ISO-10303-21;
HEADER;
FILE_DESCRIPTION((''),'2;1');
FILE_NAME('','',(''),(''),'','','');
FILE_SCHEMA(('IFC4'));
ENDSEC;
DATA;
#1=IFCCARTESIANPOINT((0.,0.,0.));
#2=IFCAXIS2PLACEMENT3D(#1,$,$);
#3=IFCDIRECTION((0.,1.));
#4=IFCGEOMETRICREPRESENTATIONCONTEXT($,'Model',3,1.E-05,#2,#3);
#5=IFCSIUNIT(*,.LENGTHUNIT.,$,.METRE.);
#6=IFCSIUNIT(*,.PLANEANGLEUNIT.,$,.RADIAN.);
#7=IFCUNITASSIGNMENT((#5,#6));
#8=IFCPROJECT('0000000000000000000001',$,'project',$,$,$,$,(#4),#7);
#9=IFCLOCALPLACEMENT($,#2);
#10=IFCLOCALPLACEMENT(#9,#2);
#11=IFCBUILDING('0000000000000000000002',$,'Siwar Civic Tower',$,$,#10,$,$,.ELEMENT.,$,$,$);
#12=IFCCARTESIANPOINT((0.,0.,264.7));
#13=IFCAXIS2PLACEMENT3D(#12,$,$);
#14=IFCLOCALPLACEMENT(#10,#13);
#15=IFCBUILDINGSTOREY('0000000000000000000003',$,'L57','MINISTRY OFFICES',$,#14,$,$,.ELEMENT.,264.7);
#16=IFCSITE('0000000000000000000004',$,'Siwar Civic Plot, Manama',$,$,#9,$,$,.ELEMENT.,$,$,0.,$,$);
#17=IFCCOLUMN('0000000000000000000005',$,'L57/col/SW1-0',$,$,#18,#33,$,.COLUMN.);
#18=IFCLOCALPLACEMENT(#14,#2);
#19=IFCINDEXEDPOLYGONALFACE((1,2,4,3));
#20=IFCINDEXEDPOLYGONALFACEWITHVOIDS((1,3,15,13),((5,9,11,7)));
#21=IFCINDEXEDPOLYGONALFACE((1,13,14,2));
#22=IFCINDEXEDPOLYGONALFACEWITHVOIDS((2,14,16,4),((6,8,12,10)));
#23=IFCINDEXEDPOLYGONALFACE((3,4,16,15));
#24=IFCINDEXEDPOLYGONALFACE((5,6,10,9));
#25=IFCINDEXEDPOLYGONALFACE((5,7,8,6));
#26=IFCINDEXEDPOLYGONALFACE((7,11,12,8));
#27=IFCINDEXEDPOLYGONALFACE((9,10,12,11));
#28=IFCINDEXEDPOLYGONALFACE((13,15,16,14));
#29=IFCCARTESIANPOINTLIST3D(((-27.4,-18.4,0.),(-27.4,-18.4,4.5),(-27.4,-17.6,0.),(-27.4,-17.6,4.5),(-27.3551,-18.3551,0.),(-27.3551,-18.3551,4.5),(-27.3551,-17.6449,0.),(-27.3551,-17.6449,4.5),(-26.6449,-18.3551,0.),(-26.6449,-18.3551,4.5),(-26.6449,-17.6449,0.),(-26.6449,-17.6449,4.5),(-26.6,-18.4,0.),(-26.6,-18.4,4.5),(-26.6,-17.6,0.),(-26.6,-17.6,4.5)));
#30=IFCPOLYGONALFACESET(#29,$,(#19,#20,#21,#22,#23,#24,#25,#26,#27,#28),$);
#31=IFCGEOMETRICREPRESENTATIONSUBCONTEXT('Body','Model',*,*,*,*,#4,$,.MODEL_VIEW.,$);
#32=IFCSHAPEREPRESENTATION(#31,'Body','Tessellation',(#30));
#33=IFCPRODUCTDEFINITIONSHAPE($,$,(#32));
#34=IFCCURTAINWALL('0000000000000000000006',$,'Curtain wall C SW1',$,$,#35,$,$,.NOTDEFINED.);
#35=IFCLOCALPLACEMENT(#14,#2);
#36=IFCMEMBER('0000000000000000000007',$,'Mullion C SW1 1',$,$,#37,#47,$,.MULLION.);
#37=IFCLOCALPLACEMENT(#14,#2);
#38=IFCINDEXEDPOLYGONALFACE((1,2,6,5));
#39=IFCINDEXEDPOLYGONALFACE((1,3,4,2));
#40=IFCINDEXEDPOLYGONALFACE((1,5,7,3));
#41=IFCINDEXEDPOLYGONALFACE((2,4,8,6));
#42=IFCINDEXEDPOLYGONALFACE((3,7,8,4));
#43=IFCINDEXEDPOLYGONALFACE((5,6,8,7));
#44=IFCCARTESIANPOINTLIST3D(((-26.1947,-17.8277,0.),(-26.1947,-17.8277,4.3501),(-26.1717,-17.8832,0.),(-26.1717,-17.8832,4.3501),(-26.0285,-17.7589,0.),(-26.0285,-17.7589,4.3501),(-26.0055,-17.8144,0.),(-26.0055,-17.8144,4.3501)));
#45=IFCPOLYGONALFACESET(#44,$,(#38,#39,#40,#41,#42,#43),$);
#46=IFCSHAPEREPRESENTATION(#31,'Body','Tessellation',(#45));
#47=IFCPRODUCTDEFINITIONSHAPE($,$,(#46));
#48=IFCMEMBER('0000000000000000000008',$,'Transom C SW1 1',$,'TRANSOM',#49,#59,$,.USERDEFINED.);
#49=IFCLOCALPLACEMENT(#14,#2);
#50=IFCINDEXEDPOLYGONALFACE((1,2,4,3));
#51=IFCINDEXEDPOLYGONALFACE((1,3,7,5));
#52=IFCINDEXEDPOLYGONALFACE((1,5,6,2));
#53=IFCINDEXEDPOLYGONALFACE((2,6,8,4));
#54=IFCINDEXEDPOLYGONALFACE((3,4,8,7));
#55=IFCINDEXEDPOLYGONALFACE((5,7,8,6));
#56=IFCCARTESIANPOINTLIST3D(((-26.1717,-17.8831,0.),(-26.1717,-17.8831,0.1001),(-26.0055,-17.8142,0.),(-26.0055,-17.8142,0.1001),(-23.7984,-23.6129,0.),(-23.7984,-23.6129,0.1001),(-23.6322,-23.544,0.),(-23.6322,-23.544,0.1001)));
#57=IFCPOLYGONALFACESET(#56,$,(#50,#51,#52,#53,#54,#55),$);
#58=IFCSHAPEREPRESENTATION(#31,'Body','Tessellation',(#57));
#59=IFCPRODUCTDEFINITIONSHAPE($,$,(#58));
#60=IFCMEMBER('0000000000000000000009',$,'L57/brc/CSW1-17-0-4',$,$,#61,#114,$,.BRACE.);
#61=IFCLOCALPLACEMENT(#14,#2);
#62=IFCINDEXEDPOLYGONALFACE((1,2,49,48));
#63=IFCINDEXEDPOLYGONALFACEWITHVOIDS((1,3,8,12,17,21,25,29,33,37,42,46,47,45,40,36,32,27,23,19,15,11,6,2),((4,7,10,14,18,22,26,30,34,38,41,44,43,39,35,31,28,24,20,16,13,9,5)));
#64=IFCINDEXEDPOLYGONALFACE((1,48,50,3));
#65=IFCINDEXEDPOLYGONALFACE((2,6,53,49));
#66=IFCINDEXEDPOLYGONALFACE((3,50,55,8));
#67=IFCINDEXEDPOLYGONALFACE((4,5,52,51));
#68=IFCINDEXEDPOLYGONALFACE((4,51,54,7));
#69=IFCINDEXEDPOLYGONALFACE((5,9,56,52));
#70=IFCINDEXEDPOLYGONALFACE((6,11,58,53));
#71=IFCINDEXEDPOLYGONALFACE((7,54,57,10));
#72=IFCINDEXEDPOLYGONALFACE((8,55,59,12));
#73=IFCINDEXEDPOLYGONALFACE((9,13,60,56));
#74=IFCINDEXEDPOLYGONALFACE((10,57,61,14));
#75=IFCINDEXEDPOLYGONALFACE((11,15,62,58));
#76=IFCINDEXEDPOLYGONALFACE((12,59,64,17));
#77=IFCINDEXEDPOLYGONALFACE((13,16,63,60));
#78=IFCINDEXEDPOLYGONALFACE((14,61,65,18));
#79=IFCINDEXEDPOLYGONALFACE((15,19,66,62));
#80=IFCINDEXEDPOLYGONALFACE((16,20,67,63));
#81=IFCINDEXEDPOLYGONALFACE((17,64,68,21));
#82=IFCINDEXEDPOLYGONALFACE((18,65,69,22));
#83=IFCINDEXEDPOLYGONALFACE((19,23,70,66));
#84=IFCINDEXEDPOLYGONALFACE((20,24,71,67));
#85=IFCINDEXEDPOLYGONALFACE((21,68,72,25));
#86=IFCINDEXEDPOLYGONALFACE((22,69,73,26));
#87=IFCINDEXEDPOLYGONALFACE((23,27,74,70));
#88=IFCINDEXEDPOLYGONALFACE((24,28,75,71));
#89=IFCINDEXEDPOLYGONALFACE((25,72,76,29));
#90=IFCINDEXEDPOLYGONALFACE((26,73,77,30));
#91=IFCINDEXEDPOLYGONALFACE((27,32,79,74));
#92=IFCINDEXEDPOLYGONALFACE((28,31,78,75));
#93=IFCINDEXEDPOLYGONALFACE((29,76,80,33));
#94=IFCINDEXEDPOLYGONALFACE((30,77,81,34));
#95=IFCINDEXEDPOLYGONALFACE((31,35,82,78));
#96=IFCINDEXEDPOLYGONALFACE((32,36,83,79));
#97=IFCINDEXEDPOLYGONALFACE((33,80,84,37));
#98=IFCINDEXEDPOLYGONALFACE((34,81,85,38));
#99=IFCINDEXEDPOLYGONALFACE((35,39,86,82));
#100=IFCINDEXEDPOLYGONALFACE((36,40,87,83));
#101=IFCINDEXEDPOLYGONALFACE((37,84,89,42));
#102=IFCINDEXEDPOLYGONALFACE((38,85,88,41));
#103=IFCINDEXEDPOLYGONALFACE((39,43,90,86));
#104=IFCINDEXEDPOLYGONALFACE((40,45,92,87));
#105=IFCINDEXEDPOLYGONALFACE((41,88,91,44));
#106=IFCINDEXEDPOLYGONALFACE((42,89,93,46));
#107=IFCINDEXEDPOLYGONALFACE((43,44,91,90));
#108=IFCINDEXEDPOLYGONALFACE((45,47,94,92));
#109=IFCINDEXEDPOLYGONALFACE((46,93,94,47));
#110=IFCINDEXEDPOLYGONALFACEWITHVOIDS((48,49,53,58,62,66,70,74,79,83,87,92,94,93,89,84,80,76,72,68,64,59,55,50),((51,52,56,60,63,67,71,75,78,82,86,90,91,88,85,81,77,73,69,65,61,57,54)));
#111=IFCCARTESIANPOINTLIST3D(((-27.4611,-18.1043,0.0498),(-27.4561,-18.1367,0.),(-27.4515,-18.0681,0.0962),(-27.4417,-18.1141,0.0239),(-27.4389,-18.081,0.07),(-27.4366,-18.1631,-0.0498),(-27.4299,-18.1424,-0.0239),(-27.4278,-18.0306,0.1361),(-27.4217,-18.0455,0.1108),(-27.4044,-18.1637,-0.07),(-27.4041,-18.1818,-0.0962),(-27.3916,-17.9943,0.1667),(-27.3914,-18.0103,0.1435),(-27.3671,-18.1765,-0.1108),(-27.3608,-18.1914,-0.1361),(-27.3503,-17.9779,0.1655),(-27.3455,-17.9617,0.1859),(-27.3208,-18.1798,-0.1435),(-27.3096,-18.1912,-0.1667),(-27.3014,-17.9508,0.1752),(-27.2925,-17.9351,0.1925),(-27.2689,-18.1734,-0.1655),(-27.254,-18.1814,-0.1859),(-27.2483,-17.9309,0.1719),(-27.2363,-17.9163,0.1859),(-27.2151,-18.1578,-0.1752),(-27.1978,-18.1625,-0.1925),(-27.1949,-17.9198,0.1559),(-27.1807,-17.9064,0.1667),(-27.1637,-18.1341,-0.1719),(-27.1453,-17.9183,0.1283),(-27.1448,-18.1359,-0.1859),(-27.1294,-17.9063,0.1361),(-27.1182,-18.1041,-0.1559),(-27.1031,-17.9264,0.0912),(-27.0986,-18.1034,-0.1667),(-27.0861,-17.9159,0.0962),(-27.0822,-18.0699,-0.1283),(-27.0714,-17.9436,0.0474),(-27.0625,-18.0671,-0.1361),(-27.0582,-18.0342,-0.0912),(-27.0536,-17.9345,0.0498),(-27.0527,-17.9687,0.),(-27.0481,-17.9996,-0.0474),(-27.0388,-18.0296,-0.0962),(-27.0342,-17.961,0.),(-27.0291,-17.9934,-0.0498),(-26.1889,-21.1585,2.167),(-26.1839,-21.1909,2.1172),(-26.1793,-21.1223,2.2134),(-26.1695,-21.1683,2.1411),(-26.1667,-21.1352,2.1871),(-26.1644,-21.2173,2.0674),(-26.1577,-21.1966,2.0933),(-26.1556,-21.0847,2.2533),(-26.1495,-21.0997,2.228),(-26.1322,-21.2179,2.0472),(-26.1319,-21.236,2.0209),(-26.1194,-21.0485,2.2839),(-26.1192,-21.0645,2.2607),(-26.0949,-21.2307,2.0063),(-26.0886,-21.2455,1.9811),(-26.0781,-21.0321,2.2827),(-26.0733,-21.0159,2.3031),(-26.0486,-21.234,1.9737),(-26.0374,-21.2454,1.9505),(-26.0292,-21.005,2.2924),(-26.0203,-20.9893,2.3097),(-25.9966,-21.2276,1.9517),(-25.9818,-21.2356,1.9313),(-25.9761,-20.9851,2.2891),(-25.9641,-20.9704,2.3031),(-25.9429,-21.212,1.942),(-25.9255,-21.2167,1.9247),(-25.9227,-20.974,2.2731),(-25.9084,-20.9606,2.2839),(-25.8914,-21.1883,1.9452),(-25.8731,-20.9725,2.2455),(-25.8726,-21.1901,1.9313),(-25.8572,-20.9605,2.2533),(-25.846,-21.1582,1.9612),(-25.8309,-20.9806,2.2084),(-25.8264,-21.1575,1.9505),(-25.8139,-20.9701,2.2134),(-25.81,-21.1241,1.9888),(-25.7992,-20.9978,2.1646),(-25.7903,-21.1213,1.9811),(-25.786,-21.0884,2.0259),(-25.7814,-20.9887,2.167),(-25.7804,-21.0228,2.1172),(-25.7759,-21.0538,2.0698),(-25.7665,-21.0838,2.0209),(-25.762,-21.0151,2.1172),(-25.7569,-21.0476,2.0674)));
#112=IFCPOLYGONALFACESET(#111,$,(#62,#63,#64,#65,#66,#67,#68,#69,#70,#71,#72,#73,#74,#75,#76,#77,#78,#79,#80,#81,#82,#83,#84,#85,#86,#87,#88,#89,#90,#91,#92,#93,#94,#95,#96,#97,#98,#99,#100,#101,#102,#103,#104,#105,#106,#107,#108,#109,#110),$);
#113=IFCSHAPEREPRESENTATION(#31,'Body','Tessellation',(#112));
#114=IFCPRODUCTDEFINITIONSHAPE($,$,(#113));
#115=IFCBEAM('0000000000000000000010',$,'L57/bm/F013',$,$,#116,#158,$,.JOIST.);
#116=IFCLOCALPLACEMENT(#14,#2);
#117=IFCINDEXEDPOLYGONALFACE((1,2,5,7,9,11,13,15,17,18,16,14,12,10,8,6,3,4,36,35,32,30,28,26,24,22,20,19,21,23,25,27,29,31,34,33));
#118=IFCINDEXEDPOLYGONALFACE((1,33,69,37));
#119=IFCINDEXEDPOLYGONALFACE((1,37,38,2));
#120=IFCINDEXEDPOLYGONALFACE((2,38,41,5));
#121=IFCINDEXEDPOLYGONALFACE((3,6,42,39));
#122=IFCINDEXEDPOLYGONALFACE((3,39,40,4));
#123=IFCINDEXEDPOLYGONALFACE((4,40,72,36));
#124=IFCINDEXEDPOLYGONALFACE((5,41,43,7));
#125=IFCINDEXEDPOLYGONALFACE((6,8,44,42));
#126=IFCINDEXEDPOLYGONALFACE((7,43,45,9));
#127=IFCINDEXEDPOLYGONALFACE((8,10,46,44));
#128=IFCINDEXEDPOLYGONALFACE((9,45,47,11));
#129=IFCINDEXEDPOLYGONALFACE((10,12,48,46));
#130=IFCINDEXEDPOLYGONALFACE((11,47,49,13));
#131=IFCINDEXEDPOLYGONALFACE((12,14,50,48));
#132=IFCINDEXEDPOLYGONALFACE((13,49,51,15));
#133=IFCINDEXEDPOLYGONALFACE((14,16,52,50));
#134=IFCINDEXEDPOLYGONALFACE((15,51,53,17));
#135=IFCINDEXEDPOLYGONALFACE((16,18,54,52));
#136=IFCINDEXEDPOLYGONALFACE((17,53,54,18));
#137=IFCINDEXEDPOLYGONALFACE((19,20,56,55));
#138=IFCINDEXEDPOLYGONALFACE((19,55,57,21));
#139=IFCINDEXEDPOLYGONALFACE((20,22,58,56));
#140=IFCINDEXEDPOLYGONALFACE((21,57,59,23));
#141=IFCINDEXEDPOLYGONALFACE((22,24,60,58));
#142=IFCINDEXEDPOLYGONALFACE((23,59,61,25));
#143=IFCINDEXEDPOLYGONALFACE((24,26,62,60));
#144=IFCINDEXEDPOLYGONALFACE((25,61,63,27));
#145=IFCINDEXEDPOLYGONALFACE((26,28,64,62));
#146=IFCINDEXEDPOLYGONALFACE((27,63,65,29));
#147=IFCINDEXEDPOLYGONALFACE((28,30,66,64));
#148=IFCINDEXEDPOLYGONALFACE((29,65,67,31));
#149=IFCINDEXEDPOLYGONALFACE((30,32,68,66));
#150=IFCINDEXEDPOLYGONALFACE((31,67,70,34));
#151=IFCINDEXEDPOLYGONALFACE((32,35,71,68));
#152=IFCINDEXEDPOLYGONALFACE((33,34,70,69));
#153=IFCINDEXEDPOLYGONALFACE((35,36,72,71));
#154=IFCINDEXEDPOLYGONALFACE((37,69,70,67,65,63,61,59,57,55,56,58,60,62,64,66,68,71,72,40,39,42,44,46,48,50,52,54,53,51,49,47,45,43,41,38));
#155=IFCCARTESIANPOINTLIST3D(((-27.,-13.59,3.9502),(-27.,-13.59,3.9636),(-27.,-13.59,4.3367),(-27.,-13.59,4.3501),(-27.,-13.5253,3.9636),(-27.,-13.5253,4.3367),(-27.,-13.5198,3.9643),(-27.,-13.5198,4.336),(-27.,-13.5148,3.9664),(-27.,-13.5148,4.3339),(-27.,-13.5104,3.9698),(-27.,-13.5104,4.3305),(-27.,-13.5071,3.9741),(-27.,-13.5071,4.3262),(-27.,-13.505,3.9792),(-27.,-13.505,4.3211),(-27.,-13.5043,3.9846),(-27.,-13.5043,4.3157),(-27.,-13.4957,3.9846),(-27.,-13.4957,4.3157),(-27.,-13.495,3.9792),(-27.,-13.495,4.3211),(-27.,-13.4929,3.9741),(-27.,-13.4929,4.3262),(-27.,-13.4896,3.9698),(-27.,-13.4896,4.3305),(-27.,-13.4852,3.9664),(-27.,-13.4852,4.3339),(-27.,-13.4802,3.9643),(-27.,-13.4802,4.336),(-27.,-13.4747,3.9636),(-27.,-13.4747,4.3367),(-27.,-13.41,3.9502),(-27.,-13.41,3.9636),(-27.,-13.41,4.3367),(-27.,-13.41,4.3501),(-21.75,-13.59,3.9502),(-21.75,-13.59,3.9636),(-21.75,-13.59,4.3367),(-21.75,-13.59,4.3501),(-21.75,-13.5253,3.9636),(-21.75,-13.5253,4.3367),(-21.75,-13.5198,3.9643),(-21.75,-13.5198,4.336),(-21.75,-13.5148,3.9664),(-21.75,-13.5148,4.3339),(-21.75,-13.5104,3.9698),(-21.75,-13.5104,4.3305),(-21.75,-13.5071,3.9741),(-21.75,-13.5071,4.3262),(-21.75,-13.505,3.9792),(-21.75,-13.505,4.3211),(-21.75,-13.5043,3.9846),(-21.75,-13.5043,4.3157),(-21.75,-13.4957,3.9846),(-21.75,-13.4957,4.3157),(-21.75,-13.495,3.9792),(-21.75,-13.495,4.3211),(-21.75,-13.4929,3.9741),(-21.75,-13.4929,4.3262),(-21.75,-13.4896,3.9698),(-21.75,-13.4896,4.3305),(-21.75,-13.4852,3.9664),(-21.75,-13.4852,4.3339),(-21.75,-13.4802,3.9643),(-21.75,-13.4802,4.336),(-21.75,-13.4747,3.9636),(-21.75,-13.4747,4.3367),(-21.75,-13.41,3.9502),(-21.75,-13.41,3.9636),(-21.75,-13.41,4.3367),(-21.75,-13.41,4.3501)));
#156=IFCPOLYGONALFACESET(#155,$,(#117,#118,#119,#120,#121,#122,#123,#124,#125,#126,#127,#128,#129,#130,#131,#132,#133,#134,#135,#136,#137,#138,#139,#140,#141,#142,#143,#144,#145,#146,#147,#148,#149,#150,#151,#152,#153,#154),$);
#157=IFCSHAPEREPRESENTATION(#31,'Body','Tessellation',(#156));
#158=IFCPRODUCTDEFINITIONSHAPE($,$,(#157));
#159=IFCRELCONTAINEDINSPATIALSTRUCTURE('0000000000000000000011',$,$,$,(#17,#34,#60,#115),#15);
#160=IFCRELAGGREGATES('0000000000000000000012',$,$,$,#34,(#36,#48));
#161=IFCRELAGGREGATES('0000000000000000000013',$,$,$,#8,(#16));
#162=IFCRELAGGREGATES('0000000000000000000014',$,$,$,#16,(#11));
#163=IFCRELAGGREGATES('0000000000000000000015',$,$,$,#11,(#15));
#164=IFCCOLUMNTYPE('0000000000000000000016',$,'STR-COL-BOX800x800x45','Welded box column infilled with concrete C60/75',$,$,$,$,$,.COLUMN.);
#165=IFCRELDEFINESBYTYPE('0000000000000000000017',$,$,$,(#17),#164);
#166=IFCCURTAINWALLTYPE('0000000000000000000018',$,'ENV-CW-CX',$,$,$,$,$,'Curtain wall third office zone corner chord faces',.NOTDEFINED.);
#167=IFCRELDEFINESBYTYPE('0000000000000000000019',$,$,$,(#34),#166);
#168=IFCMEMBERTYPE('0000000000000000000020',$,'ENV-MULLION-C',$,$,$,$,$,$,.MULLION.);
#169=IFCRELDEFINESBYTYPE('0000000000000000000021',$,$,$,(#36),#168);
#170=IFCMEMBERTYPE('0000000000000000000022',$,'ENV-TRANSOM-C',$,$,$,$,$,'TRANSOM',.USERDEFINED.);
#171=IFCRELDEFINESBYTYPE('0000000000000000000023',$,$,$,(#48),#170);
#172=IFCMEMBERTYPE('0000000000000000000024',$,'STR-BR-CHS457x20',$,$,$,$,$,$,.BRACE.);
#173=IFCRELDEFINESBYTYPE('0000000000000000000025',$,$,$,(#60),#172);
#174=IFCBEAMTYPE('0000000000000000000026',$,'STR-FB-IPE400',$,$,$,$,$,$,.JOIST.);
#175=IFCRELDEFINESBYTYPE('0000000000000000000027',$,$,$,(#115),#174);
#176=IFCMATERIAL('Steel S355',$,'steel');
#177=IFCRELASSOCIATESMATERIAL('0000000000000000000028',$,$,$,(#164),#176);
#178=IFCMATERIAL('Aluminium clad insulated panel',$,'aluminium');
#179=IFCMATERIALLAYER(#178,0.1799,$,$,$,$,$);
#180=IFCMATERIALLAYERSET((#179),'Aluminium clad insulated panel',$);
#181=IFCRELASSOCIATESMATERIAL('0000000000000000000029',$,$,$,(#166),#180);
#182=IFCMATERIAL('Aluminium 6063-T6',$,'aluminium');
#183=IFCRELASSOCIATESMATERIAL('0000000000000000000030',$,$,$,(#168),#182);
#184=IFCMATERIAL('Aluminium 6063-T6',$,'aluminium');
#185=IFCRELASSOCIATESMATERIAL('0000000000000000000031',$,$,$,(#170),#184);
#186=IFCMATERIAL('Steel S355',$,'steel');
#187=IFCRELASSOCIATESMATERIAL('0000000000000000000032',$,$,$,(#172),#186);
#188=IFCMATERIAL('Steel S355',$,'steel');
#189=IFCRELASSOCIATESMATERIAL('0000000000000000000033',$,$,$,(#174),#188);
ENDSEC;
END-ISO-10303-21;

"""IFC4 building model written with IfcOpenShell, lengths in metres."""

from ifc_helpers import new_model, si_unit, direction, frame, origin, origin_2d, place, context, subcontext, project, spatial, rectangle, hollow_rectangle, hollow_circle, i_section, extrude, material, layer, layer_set, material_profile, profile_set, type_object, element, aggregate, save


model = new_model("IFC4")

# Units and contexts
model_context = context("Model", 3, precision=1e-05, world=origin(), true_north=direction((0.0, 1.0)))
body_context = subcontext(model_context, "Body", "Model", "MODEL_VIEW")
ifc_project = project(units=[si_unit("LENGTHUNIT", "METRE"), si_unit("PLANEANGLEUNIT", "RADIAN")], contexts=[model_context])

# Site, building, storey
site_placement = place(None, origin())
site = spatial("IfcSite", under=ifc_project, at=site_placement, Name="Siwar Civic Plot, Manama", CompositionType="ELEMENT", RefElevation=0.0)
building_placement = place(site_placement, origin())
building = spatial("IfcBuilding", under=site, at=building_placement, Name="Siwar Civic Tower", CompositionType="ELEMENT")
storey_placement = place(building_placement, frame((0.0, 0.0, 264.7)))
storey = spatial("IfcBuildingStorey", under=building, at=storey_placement, Name="L57", Description="MINISTRY OFFICES", CompositionType="ELEMENT", Elevation=264.7)

# Column
ifc_material_1 = material(Name="Steel S355", Category="steel")
ifc_material_profile_1 = material_profile(ifc_material_1, hollow_rectangle(XDim=0.8, YDim=0.8, WallThickness=0.0449, at=origin_2d()), Name="BOX800x800x45")
ifc_profile_set_1 = profile_set([ifc_material_profile_1], Name="Steel S355")
column_type = type_object("IfcColumnType", Name="STR-COL-BOX800x800x45", Description="Welded box column infilled with concrete C60/75", PredefinedType="COLUMN", material=ifc_profile_set_1)
column_placement = place(storey_placement, frame((-27.0, -18.0, 0.0), z_axis=(0.0, 0.0, 1.0), x_axis=(1.0, 0.0, 0.0)))
element("IfcColumn", 1, at=column_placement, inside=storey, type_object=column_type, Name="L57/col/SW1-0", PredefinedType="COLUMN", context=body_context, shape_type="SweptSolid", body=[
    extrude(hollow_rectangle(XDim=0.8, YDim=0.8, WallThickness=0.0449, at=origin_2d()), origin(), (0.0, 0.0, 1.0), 4.5),
])

# Curtain wall, members
ifc_material_2 = material(Name="Aluminium clad insulated panel", Category="aluminium")
ifc_layer_1 = layer(ifc_material_2, 0.1799)
ifc_layer_set_1 = layer_set([ifc_layer_1], Name="Aluminium clad insulated panel")
curtain_wall_type = type_object("IfcCurtainWallType", Name="ENV-CW-CX", ElementType="Curtain wall third office zone corner chord faces", PredefinedType="NOTDEFINED", material=ifc_layer_set_1)
curtain_wall_placement = place(storey_placement, origin())
curtain_wall = element("IfcCurtainWall", 2, at=curtain_wall_placement, inside=storey, type_object=curtain_wall_type, Name="Curtain wall C SW1", PredefinedType="NOTDEFINED")
ifc_material_3 = material(Name="Aluminium 6063-T6", Category="aluminium")
ifc_material_profile_2 = material_profile(ifc_material_3, rectangle(XDim=0.1799, YDim=0.0601, at=origin_2d()), Name="AL 180x60")
ifc_profile_set_2 = profile_set([ifc_material_profile_2], Name="Aluminium 6063-T6")
member_type_1 = type_object("IfcMemberType", Name="ENV-MULLION-C", PredefinedType="MULLION", material=ifc_profile_set_2)
member_1_placement = place(storey_placement, frame((-26.1001, -17.821, 0.0), z_axis=(0.0, 0.0, 1.0), x_axis=(0.92388, 0.382683, 0.0)))
member_1 = element("IfcMember", 3, at=member_1_placement, type_object=member_type_1, Name="Mullion C SW1 1", PredefinedType="MULLION", context=body_context, shape_type="SweptSolid", body=[
    extrude(rectangle(XDim=0.1799, YDim=0.0601, at=origin_2d()), origin(), (0.0, 0.0, 1.0), 4.3501),
])
ifc_material_4 = material(Name="Aluminium 6063-T6", Category="aluminium")
ifc_material_profile_3 = material_profile(ifc_material_4, rectangle(XDim=0.1799, YDim=0.1001, at=origin_2d()), Name="AL 180x100")
ifc_profile_set_3 = profile_set([ifc_material_profile_3], Name="Aluminium 6063-T6")
member_type_2 = type_object("IfcMemberType", Name="ENV-TRANSOM-C", ElementType="TRANSOM", PredefinedType="USERDEFINED", material=ifc_profile_set_3)
member_2_placement = place(storey_placement, frame((-26.0886, -17.8486, 0.05), z_axis=(0.382677, -0.923882, 0.0), x_axis=(0.923882, 0.382677, 0.0)))
member_2 = element("IfcMember", 4, at=member_2_placement, type_object=member_type_2, Name="Transom C SW1 1", ObjectType="TRANSOM", PredefinedType="USERDEFINED", context=body_context, shape_type="SweptSolid", body=[
    extrude(rectangle(XDim=0.1799, YDim=0.1001, at=origin_2d()), origin(), (0.0, 0.0, 1.0), 6.2019),
])
aggregate(curtain_wall, [member_1, member_2])

# Member
ifc_material_5 = material(Name="Steel S355", Category="steel")
ifc_material_profile_4 = material_profile(ifc_material_5, hollow_circle(Radius=0.2285, WallThickness=0.02, at=origin_2d()), Name="CHS457x20")
ifc_profile_set_4 = profile_set([ifc_material_profile_4], Name="Steel S355")
member_type_3 = type_object("IfcMemberType", Name="STR-BR-CHS457x20", PredefinedType="BRACE", material=ifc_profile_set_4)
member_3_placement = place(storey_placement, frame((-27.2451, -18.0488, 0.0), z_axis=(0.323884, -0.777546, 0.538999), x_axis=(0.923116, 0.384521, 0.0)))
element("IfcMember", 5, at=member_3_placement, inside=storey, type_object=member_type_3, Name="L57/brc/CSW1-17-0-4", PredefinedType="BRACE", context=body_context, shape_type="SweptSolid", body=[
    extrude(hollow_circle(Radius=0.2285, WallThickness=0.02, at=origin_2d()), origin(), (0.0, 0.0, 1.0), 3.928),
])

# Beam
ifc_material_6 = material(Name="Steel S355", Category="steel")
ifc_material_profile_5 = material_profile(ifc_material_6, i_section(OverallWidth=0.1799, OverallDepth=0.3999, WebThickness=0.0085, FlangeThickness=0.0134, FilletRadius=0.021, at=origin_2d()), Name="IPE400")
ifc_profile_set_5 = profile_set([ifc_material_profile_5], Name="Steel S355")
beam_type_1 = type_object("IfcBeamType", Name="STR-FB-IPE400", PredefinedType="JOIST", material=ifc_profile_set_5)
beam_1_placement = place(storey_placement, frame((-27.0, -13.5, 4.1501), z_axis=(1.0, 0.0, 0.0), x_axis=(0.0, 1.0, 0.0)))
element("IfcBeam", 6, at=beam_1_placement, inside=storey, type_object=beam_type_1, Name="L57/bm/F013", PredefinedType="JOIST", context=body_context, shape_type="SweptSolid", body=[
    extrude(i_section(OverallWidth=0.1799, OverallDepth=0.3999, WebThickness=0.0085, FlangeThickness=0.0134, FilletRadius=0.021, at=origin_2d()), origin(), (0.0, 0.0, 1.0), 5.25),
])

save(model, "model.ifc")
